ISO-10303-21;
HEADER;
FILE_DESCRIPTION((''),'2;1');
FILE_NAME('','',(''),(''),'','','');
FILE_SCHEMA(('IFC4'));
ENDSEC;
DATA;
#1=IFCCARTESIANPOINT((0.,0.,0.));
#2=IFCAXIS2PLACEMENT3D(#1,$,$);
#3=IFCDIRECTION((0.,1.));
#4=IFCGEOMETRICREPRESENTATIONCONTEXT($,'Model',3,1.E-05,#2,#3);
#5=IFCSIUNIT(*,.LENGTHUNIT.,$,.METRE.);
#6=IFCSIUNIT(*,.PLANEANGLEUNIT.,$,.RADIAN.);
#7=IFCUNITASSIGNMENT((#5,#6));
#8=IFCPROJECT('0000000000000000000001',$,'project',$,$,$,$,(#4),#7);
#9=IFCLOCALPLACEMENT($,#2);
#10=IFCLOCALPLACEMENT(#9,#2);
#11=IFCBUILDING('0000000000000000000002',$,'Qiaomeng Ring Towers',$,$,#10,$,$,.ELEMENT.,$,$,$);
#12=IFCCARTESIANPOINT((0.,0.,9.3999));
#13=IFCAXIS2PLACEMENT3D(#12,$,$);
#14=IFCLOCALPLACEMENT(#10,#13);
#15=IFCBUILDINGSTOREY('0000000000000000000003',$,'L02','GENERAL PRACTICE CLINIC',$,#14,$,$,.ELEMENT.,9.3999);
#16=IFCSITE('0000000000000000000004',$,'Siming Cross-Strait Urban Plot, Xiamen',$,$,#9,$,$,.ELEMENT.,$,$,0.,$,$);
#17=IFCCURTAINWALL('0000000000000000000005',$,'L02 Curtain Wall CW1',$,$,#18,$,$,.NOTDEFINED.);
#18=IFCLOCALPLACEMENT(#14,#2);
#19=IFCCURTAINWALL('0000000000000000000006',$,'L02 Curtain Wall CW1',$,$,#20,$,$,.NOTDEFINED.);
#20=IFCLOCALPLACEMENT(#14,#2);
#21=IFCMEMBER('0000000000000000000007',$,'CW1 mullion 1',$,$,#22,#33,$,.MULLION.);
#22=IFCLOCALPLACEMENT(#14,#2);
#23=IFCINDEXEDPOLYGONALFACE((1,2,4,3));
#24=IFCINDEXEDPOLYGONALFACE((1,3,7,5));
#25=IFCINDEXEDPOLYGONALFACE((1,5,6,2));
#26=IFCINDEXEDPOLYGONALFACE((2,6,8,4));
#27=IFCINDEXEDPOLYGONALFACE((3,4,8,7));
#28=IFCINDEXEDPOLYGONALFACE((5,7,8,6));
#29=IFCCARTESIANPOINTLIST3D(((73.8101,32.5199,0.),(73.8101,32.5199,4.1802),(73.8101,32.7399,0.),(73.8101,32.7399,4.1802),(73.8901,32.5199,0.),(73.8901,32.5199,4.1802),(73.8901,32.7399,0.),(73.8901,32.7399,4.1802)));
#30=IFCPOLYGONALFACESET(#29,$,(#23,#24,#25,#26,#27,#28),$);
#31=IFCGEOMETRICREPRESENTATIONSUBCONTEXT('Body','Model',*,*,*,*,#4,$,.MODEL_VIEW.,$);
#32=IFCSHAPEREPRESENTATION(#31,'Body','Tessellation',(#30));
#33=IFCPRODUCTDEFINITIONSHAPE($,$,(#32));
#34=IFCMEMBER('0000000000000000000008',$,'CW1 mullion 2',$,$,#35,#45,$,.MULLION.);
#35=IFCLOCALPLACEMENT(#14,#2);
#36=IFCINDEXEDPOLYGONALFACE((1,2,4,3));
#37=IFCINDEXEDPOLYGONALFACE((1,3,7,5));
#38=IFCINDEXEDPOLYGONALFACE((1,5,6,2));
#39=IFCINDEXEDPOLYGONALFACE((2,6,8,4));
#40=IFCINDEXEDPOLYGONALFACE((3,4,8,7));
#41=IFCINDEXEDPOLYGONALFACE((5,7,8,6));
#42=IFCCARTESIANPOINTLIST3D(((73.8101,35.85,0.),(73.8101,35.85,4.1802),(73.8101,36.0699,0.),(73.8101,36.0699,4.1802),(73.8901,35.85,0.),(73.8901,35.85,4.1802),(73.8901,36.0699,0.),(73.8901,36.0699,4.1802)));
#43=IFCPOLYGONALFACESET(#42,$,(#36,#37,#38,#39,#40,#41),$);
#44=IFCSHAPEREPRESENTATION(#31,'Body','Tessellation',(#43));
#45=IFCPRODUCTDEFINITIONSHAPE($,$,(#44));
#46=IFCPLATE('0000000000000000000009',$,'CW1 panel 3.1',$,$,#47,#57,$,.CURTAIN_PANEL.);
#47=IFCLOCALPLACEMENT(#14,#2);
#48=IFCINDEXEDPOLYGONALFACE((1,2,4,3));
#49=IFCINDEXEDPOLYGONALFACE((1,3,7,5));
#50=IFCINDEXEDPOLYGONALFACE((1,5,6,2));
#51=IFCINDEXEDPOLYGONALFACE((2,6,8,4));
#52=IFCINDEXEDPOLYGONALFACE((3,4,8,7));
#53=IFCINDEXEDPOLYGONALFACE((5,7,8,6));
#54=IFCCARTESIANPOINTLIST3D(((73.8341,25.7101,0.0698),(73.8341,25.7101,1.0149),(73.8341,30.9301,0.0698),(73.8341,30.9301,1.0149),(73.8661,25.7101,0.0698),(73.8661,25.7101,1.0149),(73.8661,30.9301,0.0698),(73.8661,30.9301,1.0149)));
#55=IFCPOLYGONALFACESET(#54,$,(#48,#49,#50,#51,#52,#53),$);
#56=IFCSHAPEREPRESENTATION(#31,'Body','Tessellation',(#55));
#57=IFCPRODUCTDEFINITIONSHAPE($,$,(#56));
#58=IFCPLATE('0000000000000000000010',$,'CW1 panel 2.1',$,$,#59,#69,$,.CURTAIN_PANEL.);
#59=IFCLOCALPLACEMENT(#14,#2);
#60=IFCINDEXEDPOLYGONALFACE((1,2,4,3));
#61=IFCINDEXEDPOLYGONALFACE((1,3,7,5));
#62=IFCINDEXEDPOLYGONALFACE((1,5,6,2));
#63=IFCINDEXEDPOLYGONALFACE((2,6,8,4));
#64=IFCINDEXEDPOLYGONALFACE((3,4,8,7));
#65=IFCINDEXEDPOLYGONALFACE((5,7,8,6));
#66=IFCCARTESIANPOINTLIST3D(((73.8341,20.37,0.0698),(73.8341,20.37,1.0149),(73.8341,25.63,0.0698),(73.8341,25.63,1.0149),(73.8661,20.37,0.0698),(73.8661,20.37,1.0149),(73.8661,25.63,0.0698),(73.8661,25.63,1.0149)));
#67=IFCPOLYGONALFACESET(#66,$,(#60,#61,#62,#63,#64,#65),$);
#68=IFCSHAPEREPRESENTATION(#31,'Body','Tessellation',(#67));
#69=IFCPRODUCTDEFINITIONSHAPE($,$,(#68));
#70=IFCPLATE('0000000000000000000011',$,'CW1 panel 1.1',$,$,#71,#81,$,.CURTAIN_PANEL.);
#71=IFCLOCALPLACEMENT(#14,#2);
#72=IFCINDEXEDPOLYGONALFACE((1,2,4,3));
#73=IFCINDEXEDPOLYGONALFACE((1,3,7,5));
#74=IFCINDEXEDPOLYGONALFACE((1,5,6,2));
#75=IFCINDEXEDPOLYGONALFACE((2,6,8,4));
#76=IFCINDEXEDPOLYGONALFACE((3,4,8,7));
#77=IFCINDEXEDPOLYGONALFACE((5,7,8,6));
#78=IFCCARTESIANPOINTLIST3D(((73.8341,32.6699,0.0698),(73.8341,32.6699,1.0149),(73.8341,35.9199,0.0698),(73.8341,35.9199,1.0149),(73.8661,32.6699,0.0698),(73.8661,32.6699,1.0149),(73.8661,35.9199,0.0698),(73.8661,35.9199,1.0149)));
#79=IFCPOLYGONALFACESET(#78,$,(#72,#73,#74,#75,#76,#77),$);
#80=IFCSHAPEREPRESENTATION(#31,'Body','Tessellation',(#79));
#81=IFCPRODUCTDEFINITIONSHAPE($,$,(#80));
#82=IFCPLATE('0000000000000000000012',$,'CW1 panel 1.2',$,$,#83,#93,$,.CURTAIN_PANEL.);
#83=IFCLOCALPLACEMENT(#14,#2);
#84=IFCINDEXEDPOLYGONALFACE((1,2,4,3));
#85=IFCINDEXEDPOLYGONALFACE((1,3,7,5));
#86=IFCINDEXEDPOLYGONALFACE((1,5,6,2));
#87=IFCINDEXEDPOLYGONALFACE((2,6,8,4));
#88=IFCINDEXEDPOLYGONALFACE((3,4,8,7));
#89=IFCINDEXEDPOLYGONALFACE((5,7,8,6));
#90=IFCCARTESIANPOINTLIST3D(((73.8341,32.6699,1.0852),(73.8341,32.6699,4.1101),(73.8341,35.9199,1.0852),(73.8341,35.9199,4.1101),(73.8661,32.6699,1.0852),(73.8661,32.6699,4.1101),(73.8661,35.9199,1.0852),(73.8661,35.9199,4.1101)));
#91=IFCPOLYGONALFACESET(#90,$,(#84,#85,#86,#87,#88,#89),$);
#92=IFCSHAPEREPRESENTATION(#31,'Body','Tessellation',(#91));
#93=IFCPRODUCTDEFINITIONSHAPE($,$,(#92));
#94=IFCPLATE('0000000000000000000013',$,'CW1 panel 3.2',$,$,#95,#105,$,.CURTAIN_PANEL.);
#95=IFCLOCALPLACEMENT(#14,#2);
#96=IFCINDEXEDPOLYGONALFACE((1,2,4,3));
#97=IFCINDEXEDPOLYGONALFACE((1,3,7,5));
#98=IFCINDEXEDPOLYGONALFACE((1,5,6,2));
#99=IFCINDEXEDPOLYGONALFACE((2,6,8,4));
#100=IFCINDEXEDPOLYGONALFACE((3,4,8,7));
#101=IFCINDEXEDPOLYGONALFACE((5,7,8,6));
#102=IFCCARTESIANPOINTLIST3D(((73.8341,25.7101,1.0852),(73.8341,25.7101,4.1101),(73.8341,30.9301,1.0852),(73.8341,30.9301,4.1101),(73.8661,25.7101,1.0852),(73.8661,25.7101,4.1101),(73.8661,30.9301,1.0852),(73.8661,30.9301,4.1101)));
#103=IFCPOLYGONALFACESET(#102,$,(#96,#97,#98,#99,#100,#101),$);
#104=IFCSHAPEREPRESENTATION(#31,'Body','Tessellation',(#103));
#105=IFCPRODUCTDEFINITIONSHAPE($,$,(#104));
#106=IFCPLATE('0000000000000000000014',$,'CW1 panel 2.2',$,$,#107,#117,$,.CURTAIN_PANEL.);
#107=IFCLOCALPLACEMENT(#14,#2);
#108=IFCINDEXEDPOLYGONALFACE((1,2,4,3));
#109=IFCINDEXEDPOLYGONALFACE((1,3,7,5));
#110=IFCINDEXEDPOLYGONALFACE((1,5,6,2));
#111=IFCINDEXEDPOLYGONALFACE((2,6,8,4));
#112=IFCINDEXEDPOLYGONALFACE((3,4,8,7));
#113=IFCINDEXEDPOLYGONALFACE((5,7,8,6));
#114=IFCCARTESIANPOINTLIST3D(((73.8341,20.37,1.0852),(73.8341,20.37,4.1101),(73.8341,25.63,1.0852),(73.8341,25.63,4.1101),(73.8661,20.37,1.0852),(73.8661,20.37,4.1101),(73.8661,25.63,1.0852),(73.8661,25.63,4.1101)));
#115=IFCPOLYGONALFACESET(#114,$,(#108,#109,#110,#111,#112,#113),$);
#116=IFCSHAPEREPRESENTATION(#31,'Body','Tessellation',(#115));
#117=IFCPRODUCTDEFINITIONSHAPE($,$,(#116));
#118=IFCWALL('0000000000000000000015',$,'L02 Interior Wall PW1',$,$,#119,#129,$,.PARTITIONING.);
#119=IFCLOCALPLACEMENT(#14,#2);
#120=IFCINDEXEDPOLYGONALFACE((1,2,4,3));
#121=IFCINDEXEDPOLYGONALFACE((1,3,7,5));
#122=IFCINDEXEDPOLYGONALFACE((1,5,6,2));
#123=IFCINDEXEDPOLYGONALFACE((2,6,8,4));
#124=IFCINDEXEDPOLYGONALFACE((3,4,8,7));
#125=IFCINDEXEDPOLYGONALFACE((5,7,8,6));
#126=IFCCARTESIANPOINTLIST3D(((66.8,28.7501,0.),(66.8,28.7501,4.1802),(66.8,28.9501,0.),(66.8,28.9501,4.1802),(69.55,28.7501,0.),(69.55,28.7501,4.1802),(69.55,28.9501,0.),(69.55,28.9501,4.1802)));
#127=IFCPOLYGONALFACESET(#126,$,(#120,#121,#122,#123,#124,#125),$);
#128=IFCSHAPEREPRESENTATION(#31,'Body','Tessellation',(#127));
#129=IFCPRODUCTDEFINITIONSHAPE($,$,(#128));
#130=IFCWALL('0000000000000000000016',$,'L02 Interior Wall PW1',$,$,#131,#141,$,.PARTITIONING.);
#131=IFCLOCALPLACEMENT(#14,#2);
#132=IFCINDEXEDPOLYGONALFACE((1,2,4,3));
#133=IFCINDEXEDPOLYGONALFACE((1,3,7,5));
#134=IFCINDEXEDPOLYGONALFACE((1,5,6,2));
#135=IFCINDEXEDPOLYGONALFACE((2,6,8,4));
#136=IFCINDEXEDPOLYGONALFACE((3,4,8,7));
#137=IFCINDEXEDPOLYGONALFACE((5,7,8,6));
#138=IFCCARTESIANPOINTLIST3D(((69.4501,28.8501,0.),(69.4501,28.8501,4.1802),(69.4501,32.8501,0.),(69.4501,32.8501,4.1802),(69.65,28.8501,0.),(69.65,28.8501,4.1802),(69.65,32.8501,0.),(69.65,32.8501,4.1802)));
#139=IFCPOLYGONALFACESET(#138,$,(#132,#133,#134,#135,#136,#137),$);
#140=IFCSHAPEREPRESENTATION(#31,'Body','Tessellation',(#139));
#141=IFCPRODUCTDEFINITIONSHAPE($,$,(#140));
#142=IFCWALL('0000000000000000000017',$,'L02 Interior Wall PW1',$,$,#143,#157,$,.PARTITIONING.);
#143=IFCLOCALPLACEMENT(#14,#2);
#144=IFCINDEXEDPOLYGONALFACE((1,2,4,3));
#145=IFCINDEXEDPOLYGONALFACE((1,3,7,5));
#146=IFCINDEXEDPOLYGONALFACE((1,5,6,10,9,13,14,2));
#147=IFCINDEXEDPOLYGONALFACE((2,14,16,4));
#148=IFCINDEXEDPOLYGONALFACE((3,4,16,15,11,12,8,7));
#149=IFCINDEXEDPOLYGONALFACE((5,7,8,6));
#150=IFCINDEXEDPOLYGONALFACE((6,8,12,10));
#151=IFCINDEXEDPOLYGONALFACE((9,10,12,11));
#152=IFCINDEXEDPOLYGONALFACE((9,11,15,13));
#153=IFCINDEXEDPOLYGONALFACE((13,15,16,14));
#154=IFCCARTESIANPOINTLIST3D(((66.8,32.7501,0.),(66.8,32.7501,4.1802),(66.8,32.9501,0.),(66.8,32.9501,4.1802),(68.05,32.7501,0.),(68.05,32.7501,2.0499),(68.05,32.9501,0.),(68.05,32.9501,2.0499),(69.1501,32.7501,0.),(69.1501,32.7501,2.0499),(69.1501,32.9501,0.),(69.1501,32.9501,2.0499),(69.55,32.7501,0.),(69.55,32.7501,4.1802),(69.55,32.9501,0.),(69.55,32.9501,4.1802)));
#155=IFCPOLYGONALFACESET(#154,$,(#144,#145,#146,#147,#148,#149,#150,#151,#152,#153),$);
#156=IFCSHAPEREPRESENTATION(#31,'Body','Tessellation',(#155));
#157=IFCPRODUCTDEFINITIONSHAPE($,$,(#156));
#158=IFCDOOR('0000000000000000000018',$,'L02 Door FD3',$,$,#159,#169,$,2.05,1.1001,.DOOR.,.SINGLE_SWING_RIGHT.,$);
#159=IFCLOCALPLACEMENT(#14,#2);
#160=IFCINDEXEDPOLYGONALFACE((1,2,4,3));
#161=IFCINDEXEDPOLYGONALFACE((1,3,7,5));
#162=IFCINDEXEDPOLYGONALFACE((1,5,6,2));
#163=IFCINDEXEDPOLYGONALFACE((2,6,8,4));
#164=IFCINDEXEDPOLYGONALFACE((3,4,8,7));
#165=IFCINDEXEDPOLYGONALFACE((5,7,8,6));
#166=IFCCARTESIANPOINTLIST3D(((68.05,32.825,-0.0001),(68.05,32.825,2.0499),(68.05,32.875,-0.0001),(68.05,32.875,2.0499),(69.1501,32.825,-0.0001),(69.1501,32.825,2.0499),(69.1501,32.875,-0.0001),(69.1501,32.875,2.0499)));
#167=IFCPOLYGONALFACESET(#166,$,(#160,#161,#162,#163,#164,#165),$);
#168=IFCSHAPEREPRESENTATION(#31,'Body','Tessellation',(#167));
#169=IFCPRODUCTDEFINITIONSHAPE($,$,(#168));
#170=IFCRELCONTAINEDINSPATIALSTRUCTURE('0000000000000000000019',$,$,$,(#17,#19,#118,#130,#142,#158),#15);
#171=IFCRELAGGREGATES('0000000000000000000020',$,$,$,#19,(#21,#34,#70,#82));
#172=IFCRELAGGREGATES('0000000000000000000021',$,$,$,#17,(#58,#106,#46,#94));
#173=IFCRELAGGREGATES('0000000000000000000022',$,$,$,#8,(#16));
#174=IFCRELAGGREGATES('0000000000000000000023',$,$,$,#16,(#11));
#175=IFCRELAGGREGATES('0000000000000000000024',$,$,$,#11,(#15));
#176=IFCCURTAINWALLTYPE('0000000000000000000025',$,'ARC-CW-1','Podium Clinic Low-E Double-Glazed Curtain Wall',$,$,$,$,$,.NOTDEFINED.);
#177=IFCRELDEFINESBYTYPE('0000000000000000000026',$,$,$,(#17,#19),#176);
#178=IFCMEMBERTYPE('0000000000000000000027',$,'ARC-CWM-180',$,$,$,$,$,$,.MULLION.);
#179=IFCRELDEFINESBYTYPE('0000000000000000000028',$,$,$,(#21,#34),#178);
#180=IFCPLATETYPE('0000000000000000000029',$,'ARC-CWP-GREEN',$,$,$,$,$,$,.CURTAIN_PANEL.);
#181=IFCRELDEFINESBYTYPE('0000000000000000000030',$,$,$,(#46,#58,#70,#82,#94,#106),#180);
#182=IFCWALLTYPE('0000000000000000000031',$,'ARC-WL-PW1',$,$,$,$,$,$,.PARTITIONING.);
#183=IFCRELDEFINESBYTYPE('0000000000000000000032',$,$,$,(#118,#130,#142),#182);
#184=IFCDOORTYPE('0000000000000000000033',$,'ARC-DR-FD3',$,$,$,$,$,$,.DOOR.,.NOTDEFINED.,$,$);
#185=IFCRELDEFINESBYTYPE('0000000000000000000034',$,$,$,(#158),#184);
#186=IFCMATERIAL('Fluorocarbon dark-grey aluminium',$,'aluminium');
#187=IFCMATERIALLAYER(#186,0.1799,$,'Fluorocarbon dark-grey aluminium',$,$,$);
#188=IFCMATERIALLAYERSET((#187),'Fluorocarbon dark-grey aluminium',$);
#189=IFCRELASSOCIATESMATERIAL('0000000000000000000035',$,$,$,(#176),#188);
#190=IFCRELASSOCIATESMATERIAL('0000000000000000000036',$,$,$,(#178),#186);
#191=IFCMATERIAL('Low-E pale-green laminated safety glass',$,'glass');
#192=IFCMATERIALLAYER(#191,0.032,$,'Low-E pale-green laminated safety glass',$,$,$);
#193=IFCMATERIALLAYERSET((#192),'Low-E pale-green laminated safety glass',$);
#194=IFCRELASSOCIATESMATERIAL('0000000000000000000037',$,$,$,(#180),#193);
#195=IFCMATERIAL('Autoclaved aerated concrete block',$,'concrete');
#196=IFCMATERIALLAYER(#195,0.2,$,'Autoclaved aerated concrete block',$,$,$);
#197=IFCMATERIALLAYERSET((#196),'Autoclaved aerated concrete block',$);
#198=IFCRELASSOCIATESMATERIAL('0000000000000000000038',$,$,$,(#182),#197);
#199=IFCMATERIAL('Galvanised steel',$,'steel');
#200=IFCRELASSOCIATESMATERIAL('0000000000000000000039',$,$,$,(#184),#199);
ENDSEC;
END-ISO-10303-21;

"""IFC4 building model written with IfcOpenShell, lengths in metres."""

from ifc_helpers import new_model, si_unit, direction, frame, frame_2d, origin, origin_2d, place, context, subcontext, project, spatial, rectangle, extrude, source, transform, mapped, material, layer, layer_set, material_profile, profile_set, type_object, element, fill, aggregate, save


model = new_model("IFC4")

# Units and contexts
model_context = context("Model", 3, precision=1e-05, world=origin(), true_north=direction((0.0, 1.0)))
body_context = subcontext(model_context, "Body", "Model", "MODEL_VIEW")
ifc_project = project(units=[si_unit("LENGTHUNIT", "METRE"), si_unit("PLANEANGLEUNIT", "RADIAN")], contexts=[model_context])

# Site, building, storey
site_placement = place(None, origin())
site = spatial("IfcSite", under=ifc_project, at=site_placement, Name="Siming Cross-Strait Urban Plot, Xiamen", CompositionType="ELEMENT", RefElevation=0.0)
building_placement = place(site_placement, origin())
building = spatial("IfcBuilding", under=site, at=building_placement, Name="Qiaomeng Ring Towers", CompositionType="ELEMENT")
storey_placement = place(building_placement, frame((0.0, 0.0, 9.3999)))
storey = spatial("IfcBuildingStorey", under=building, at=storey_placement, Name="L02", Description="GENERAL PRACTICE CLINIC", CompositionType="ELEMENT", Elevation=9.3999)

# Curtain walls
ifc_material_1 = material(Name="Fluorocarbon dark-grey aluminium", Category="aluminium")
ifc_layer_1 = layer(ifc_material_1, 0.1799, Name="Fluorocarbon dark-grey aluminium")
ifc_layer_set_1 = layer_set([ifc_layer_1], Name="Fluorocarbon dark-grey aluminium")
curtain_wall_type = type_object("IfcCurtainWallType", Name="ARC-CW-1", Description="Podium Clinic Low-E Double-Glazed Curtain Wall", PredefinedType="NOTDEFINED", material=ifc_layer_set_1)
curtain_wall_1_placement = place(storey_placement, origin())
curtain_wall_1 = element("IfcCurtainWall", 1, at=curtain_wall_1_placement, inside=storey, type_object=curtain_wall_type, Name="L02 Curtain Wall CW1", PredefinedType="NOTDEFINED")
curtain_wall_2_placement = place(storey_placement, origin())
curtain_wall_2 = element("IfcCurtainWall", 2, at=curtain_wall_2_placement, inside=storey, type_object=curtain_wall_type, Name="L02 Curtain Wall CW1", PredefinedType="NOTDEFINED")

# Members
ifc_material_profile_1 = material_profile(ifc_material_1, rectangle(XDim=0.0801, YDim=0.22, at=origin_2d()), Name="ALU MULL 80x220")
ifc_profile_set_1 = profile_set([ifc_material_profile_1], Name="Fluorocarbon dark-grey aluminium")
member_type_1 = type_object("IfcMemberType", Name="ARC-CWM-180", PredefinedType="MULLION", material=ifc_profile_set_1)
shared_shape_1 = source(origin(), body_context, "Body", "SweptSolid", [
    extrude(rectangle(XDim=0.0801, YDim=0.22, at=origin_2d()), origin(), (0.0, 0.0, 1.0), 4.1802),
])
member_1_placement = place(storey_placement, frame((73.8501, 32.6299, 0.0), z_axis=(0.0, 0.0, 1.0), x_axis=(-1.0, 0.0, 0.0)))
member_1 = element("IfcMember", 3, at=member_1_placement, type_object=member_type_1, Name="CW1 mullion 1", PredefinedType="MULLION", context=body_context, shape_type="MappedRepresentation", body=[
    mapped(shared_shape_1, transform((0.0, 0.0, 0.0), x_axis=(1.0, 0.0, 0.0), y_axis=(0.0, 1.0, 0.0), z_axis=(0.0, 0.0, 1.0), scale=1.0)),
])
member_2_placement = place(storey_placement, frame((73.8501, 35.96, 0.0), z_axis=(0.0, 0.0, 1.0), x_axis=(-1.0, 0.0, 0.0)))
member_2 = element("IfcMember", 4, at=member_2_placement, type_object=member_type_1, Name="CW1 mullion 2", PredefinedType="MULLION", context=body_context, shape_type="MappedRepresentation", body=[
    mapped(shared_shape_1, transform((0.0, 0.0, 0.0), x_axis=(1.0, 0.0, 0.0), y_axis=(0.0, 1.0, 0.0), z_axis=(0.0, 0.0, 1.0), scale=1.0)),
])

# Plates
ifc_material_2 = material(Name="Low-E pale-green laminated safety glass", Category="glass")
ifc_layer_2 = layer(ifc_material_2, 0.032, Name="Low-E pale-green laminated safety glass")
ifc_layer_set_2 = layer_set([ifc_layer_2], Name="Low-E pale-green laminated safety glass")
plate_type = type_object("IfcPlateType", Name="ARC-CWP-GREEN", PredefinedType="CURTAIN_PANEL", material=ifc_layer_set_2)
shared_shape_2 = source(origin(), body_context, "Body", "SweptSolid", [
    extrude(rectangle(XDim=5.22, YDim=0.032, at=origin_2d()), origin(), (0.0, 0.0, 1.0), 0.9451),
])
plate_1_placement = place(storey_placement, frame((73.8501, 28.3201, 0.0698), z_axis=(0.0, 0.0, 1.0), x_axis=(0.0, 1.0, 0.0)))
plate_1 = element("IfcPlate", 5, at=plate_1_placement, type_object=plate_type, Name="CW1 panel 3.1", PredefinedType="CURTAIN_PANEL", context=body_context, shape_type="MappedRepresentation", body=[
    mapped(shared_shape_2, transform((0.0, 0.0, 0.0), x_axis=(1.0, 0.0, 0.0), y_axis=(0.0, 1.0, 0.0), z_axis=(0.0, 0.0, 1.0), scale=1.0)),
])
shared_shape_3 = source(origin(), body_context, "Body", "SweptSolid", [
    extrude(rectangle(XDim=5.26, YDim=0.032, at=origin_2d()), origin(), (0.0, 0.0, 1.0), 0.9451),
])
plate_2_placement = place(storey_placement, frame((73.8501, 23.0, 0.0698), z_axis=(0.0, 0.0, 1.0), x_axis=(0.0, 1.0, 0.0)))
plate_2 = element("IfcPlate", 6, at=plate_2_placement, type_object=plate_type, Name="CW1 panel 2.1", PredefinedType="CURTAIN_PANEL", context=body_context, shape_type="MappedRepresentation", body=[
    mapped(shared_shape_3, transform((0.0, 0.0, 0.0), x_axis=(1.0, 0.0, 0.0), y_axis=(0.0, 1.0, 0.0), z_axis=(0.0, 0.0, 1.0), scale=1.0)),
])
shared_shape_4 = source(origin(), body_context, "Body", "SweptSolid", [
    extrude(rectangle(XDim=3.25, YDim=0.032, at=origin_2d()), origin(), (0.0, 0.0, 1.0), 0.9451),
])
plate_3_placement = place(storey_placement, frame((73.8501, 34.2949, 0.0698), z_axis=(0.0, 0.0, 1.0), x_axis=(0.0, 1.0, 0.0)))
plate_3 = element("IfcPlate", 7, at=plate_3_placement, type_object=plate_type, Name="CW1 panel 1.1", PredefinedType="CURTAIN_PANEL", context=body_context, shape_type="MappedRepresentation", body=[
    mapped(shared_shape_4, transform((0.0, 0.0, 0.0), x_axis=(1.0, 0.0, 0.0), y_axis=(0.0, 1.0, 0.0), z_axis=(0.0, 0.0, 1.0), scale=1.0)),
])
shared_shape_5 = source(origin(), body_context, "Body", "SweptSolid", [
    extrude(rectangle(XDim=3.25, YDim=0.032, at=origin_2d()), origin(), (0.0, 0.0, 1.0), 3.0249),
])
plate_4_placement = place(storey_placement, frame((73.8501, 34.2949, 1.0852), z_axis=(0.0, 0.0, 1.0), x_axis=(0.0, 1.0, 0.0)))
plate_4 = element("IfcPlate", 8, at=plate_4_placement, type_object=plate_type, Name="CW1 panel 1.2", PredefinedType="CURTAIN_PANEL", context=body_context, shape_type="MappedRepresentation", body=[
    mapped(shared_shape_5, transform((0.0, 0.0, 0.0), x_axis=(1.0, 0.0, 0.0), y_axis=(0.0, 1.0, 0.0), z_axis=(0.0, 0.0, 1.0), scale=1.0)),
])
aggregate(curtain_wall_2, [member_1, member_2, plate_3, plate_4])
shared_shape_6 = source(origin(), body_context, "Body", "SweptSolid", [
    extrude(rectangle(XDim=5.22, YDim=0.032, at=origin_2d()), origin(), (0.0, 0.0, 1.0), 3.0249),
])
plate_5_placement = place(storey_placement, frame((73.8501, 28.3201, 1.0852), z_axis=(0.0, 0.0, 1.0), x_axis=(0.0, 1.0, 0.0)))
plate_5 = element("IfcPlate", 9, at=plate_5_placement, type_object=plate_type, Name="CW1 panel 3.2", PredefinedType="CURTAIN_PANEL", context=body_context, shape_type="MappedRepresentation", body=[
    mapped(shared_shape_6, transform((0.0, 0.0, 0.0), x_axis=(1.0, 0.0, 0.0), y_axis=(0.0, 1.0, 0.0), z_axis=(0.0, 0.0, 1.0), scale=1.0)),
])
shared_shape_7 = source(origin(), body_context, "Body", "SweptSolid", [
    extrude(rectangle(XDim=5.26, YDim=0.032, at=origin_2d()), origin(), (0.0, 0.0, 1.0), 3.0249),
])
plate_6_placement = place(storey_placement, frame((73.8501, 23.0, 1.0852), z_axis=(0.0, 0.0, 1.0), x_axis=(0.0, 1.0, 0.0)))
plate_6 = element("IfcPlate", 10, at=plate_6_placement, type_object=plate_type, Name="CW1 panel 2.2", PredefinedType="CURTAIN_PANEL", context=body_context, shape_type="MappedRepresentation", body=[
    mapped(shared_shape_7, transform((0.0, 0.0, 0.0), x_axis=(1.0, 0.0, 0.0), y_axis=(0.0, 1.0, 0.0), z_axis=(0.0, 0.0, 1.0), scale=1.0)),
])
aggregate(curtain_wall_1, [plate_2, plate_6, plate_1, plate_5])

# Walls
ifc_material_3 = material(Name="Autoclaved aerated concrete block", Category="concrete")
ifc_layer_3 = layer(ifc_material_3, 0.2, Name="Autoclaved aerated concrete block")
ifc_layer_set_3 = layer_set([ifc_layer_3], Name="Autoclaved aerated concrete block")
wall_type_1 = type_object("IfcWallType", Name="ARC-WL-PW1", PredefinedType="PARTITIONING", material=ifc_layer_set_3)
wall_1_placement = place(storey_placement, frame((66.8, 28.8501, 0.0), z_axis=(0.0, 0.0, 1.0), x_axis=(1.0, 0.0, 0.0)))
element("IfcWall", 11, at=wall_1_placement, inside=storey, type_object=wall_type_1, Name="L02 Interior Wall PW1", PredefinedType="PARTITIONING", context=body_context, shape_type="SweptSolid", body=[
    extrude(rectangle(XDim=2.75, YDim=0.2, at=frame_2d((1.375, 0.0))), origin(), (0.0, 0.0, 1.0), 4.1802),
])
wall_2_placement = place(storey_placement, frame((69.55, 28.8501, 0.0), z_axis=(0.0, 0.0, 1.0), x_axis=(0.0, 1.0, 0.0)))
element("IfcWall", 12, at=wall_2_placement, inside=storey, type_object=wall_type_1, Name="L02 Interior Wall PW1", PredefinedType="PARTITIONING", context=body_context, shape_type="SweptSolid", body=[
    extrude(rectangle(XDim=4.0, YDim=0.2, at=frame_2d((2.0, 0.0))), origin(), (0.0, 0.0, 1.0), 4.1802),
])

# Wall, opening, door
wall_3_placement = place(storey_placement, frame((66.8, 32.8501, 0.0), z_axis=(0.0, 0.0, 1.0), x_axis=(1.0, 0.0, 0.0)))
wall_3 = element("IfcWall", 13, at=wall_3_placement, inside=storey, type_object=wall_type_1, Name="L02 Interior Wall PW1", PredefinedType="PARTITIONING", context=body_context, shape_type="SweptSolid", body=[
    extrude(rectangle(XDim=2.75, YDim=0.2, at=frame_2d((1.375, 0.0))), origin(), (0.0, 0.0, 1.0), 4.1802),
])
opening_placement = place(wall_3_placement, frame((1.25, 0.0, 0.0)))
opening = element("IfcOpeningElement", 14, at=opening_placement, cuts=wall_3, PredefinedType="OPENING", context=body_context, shape_type="SweptSolid", body=[
    extrude(rectangle(XDim=1.1001, YDim=2.05, at=frame_2d((0.55, 1.0249))), frame((0.0, 0.1099, 0.0), z_axis=(0.0, -1.0, 0.0), x_axis=(1.0, 0.0, 0.0)), (0.0, 0.0, 1.0), 0.22),
])
ifc_material_4 = material(Name="Galvanised steel", Category="steel")
door_type = type_object("IfcDoorType", Name="ARC-DR-FD3", OperationType="NOTDEFINED", PredefinedType="DOOR", material=ifc_material_4)
shared_shape_8 = source(origin(), body_context, "Body", "SweptSolid", [
    extrude(rectangle(XDim=1.1001, YDim=2.05, at=frame_2d((0.55, 1.0249))), frame((0.0, 0.0249, 0.0), z_axis=(0.0, -1.0, 0.0), x_axis=(1.0, 0.0, 0.0)), (0.0, 0.0, 1.0), 0.05),
])
door_placement = place(opening_placement, origin())
door = element("IfcDoor", 15, at=door_placement, inside=storey, type_object=door_type, Name="L02 Door FD3", OperationType="SINGLE_SWING_RIGHT", OverallHeight=2.05, OverallWidth=1.1001, PredefinedType="DOOR", context=body_context, shape_type="MappedRepresentation", body=[
    mapped(shared_shape_8, transform((0.0, 0.0, 0.0), x_axis=(1.0, 0.0, 0.0), y_axis=(0.0, 1.0, 0.0), z_axis=(0.0, 0.0, 1.0), scale=1.0)),
])
fill(opening, door)

save(model, "model.ifc")
